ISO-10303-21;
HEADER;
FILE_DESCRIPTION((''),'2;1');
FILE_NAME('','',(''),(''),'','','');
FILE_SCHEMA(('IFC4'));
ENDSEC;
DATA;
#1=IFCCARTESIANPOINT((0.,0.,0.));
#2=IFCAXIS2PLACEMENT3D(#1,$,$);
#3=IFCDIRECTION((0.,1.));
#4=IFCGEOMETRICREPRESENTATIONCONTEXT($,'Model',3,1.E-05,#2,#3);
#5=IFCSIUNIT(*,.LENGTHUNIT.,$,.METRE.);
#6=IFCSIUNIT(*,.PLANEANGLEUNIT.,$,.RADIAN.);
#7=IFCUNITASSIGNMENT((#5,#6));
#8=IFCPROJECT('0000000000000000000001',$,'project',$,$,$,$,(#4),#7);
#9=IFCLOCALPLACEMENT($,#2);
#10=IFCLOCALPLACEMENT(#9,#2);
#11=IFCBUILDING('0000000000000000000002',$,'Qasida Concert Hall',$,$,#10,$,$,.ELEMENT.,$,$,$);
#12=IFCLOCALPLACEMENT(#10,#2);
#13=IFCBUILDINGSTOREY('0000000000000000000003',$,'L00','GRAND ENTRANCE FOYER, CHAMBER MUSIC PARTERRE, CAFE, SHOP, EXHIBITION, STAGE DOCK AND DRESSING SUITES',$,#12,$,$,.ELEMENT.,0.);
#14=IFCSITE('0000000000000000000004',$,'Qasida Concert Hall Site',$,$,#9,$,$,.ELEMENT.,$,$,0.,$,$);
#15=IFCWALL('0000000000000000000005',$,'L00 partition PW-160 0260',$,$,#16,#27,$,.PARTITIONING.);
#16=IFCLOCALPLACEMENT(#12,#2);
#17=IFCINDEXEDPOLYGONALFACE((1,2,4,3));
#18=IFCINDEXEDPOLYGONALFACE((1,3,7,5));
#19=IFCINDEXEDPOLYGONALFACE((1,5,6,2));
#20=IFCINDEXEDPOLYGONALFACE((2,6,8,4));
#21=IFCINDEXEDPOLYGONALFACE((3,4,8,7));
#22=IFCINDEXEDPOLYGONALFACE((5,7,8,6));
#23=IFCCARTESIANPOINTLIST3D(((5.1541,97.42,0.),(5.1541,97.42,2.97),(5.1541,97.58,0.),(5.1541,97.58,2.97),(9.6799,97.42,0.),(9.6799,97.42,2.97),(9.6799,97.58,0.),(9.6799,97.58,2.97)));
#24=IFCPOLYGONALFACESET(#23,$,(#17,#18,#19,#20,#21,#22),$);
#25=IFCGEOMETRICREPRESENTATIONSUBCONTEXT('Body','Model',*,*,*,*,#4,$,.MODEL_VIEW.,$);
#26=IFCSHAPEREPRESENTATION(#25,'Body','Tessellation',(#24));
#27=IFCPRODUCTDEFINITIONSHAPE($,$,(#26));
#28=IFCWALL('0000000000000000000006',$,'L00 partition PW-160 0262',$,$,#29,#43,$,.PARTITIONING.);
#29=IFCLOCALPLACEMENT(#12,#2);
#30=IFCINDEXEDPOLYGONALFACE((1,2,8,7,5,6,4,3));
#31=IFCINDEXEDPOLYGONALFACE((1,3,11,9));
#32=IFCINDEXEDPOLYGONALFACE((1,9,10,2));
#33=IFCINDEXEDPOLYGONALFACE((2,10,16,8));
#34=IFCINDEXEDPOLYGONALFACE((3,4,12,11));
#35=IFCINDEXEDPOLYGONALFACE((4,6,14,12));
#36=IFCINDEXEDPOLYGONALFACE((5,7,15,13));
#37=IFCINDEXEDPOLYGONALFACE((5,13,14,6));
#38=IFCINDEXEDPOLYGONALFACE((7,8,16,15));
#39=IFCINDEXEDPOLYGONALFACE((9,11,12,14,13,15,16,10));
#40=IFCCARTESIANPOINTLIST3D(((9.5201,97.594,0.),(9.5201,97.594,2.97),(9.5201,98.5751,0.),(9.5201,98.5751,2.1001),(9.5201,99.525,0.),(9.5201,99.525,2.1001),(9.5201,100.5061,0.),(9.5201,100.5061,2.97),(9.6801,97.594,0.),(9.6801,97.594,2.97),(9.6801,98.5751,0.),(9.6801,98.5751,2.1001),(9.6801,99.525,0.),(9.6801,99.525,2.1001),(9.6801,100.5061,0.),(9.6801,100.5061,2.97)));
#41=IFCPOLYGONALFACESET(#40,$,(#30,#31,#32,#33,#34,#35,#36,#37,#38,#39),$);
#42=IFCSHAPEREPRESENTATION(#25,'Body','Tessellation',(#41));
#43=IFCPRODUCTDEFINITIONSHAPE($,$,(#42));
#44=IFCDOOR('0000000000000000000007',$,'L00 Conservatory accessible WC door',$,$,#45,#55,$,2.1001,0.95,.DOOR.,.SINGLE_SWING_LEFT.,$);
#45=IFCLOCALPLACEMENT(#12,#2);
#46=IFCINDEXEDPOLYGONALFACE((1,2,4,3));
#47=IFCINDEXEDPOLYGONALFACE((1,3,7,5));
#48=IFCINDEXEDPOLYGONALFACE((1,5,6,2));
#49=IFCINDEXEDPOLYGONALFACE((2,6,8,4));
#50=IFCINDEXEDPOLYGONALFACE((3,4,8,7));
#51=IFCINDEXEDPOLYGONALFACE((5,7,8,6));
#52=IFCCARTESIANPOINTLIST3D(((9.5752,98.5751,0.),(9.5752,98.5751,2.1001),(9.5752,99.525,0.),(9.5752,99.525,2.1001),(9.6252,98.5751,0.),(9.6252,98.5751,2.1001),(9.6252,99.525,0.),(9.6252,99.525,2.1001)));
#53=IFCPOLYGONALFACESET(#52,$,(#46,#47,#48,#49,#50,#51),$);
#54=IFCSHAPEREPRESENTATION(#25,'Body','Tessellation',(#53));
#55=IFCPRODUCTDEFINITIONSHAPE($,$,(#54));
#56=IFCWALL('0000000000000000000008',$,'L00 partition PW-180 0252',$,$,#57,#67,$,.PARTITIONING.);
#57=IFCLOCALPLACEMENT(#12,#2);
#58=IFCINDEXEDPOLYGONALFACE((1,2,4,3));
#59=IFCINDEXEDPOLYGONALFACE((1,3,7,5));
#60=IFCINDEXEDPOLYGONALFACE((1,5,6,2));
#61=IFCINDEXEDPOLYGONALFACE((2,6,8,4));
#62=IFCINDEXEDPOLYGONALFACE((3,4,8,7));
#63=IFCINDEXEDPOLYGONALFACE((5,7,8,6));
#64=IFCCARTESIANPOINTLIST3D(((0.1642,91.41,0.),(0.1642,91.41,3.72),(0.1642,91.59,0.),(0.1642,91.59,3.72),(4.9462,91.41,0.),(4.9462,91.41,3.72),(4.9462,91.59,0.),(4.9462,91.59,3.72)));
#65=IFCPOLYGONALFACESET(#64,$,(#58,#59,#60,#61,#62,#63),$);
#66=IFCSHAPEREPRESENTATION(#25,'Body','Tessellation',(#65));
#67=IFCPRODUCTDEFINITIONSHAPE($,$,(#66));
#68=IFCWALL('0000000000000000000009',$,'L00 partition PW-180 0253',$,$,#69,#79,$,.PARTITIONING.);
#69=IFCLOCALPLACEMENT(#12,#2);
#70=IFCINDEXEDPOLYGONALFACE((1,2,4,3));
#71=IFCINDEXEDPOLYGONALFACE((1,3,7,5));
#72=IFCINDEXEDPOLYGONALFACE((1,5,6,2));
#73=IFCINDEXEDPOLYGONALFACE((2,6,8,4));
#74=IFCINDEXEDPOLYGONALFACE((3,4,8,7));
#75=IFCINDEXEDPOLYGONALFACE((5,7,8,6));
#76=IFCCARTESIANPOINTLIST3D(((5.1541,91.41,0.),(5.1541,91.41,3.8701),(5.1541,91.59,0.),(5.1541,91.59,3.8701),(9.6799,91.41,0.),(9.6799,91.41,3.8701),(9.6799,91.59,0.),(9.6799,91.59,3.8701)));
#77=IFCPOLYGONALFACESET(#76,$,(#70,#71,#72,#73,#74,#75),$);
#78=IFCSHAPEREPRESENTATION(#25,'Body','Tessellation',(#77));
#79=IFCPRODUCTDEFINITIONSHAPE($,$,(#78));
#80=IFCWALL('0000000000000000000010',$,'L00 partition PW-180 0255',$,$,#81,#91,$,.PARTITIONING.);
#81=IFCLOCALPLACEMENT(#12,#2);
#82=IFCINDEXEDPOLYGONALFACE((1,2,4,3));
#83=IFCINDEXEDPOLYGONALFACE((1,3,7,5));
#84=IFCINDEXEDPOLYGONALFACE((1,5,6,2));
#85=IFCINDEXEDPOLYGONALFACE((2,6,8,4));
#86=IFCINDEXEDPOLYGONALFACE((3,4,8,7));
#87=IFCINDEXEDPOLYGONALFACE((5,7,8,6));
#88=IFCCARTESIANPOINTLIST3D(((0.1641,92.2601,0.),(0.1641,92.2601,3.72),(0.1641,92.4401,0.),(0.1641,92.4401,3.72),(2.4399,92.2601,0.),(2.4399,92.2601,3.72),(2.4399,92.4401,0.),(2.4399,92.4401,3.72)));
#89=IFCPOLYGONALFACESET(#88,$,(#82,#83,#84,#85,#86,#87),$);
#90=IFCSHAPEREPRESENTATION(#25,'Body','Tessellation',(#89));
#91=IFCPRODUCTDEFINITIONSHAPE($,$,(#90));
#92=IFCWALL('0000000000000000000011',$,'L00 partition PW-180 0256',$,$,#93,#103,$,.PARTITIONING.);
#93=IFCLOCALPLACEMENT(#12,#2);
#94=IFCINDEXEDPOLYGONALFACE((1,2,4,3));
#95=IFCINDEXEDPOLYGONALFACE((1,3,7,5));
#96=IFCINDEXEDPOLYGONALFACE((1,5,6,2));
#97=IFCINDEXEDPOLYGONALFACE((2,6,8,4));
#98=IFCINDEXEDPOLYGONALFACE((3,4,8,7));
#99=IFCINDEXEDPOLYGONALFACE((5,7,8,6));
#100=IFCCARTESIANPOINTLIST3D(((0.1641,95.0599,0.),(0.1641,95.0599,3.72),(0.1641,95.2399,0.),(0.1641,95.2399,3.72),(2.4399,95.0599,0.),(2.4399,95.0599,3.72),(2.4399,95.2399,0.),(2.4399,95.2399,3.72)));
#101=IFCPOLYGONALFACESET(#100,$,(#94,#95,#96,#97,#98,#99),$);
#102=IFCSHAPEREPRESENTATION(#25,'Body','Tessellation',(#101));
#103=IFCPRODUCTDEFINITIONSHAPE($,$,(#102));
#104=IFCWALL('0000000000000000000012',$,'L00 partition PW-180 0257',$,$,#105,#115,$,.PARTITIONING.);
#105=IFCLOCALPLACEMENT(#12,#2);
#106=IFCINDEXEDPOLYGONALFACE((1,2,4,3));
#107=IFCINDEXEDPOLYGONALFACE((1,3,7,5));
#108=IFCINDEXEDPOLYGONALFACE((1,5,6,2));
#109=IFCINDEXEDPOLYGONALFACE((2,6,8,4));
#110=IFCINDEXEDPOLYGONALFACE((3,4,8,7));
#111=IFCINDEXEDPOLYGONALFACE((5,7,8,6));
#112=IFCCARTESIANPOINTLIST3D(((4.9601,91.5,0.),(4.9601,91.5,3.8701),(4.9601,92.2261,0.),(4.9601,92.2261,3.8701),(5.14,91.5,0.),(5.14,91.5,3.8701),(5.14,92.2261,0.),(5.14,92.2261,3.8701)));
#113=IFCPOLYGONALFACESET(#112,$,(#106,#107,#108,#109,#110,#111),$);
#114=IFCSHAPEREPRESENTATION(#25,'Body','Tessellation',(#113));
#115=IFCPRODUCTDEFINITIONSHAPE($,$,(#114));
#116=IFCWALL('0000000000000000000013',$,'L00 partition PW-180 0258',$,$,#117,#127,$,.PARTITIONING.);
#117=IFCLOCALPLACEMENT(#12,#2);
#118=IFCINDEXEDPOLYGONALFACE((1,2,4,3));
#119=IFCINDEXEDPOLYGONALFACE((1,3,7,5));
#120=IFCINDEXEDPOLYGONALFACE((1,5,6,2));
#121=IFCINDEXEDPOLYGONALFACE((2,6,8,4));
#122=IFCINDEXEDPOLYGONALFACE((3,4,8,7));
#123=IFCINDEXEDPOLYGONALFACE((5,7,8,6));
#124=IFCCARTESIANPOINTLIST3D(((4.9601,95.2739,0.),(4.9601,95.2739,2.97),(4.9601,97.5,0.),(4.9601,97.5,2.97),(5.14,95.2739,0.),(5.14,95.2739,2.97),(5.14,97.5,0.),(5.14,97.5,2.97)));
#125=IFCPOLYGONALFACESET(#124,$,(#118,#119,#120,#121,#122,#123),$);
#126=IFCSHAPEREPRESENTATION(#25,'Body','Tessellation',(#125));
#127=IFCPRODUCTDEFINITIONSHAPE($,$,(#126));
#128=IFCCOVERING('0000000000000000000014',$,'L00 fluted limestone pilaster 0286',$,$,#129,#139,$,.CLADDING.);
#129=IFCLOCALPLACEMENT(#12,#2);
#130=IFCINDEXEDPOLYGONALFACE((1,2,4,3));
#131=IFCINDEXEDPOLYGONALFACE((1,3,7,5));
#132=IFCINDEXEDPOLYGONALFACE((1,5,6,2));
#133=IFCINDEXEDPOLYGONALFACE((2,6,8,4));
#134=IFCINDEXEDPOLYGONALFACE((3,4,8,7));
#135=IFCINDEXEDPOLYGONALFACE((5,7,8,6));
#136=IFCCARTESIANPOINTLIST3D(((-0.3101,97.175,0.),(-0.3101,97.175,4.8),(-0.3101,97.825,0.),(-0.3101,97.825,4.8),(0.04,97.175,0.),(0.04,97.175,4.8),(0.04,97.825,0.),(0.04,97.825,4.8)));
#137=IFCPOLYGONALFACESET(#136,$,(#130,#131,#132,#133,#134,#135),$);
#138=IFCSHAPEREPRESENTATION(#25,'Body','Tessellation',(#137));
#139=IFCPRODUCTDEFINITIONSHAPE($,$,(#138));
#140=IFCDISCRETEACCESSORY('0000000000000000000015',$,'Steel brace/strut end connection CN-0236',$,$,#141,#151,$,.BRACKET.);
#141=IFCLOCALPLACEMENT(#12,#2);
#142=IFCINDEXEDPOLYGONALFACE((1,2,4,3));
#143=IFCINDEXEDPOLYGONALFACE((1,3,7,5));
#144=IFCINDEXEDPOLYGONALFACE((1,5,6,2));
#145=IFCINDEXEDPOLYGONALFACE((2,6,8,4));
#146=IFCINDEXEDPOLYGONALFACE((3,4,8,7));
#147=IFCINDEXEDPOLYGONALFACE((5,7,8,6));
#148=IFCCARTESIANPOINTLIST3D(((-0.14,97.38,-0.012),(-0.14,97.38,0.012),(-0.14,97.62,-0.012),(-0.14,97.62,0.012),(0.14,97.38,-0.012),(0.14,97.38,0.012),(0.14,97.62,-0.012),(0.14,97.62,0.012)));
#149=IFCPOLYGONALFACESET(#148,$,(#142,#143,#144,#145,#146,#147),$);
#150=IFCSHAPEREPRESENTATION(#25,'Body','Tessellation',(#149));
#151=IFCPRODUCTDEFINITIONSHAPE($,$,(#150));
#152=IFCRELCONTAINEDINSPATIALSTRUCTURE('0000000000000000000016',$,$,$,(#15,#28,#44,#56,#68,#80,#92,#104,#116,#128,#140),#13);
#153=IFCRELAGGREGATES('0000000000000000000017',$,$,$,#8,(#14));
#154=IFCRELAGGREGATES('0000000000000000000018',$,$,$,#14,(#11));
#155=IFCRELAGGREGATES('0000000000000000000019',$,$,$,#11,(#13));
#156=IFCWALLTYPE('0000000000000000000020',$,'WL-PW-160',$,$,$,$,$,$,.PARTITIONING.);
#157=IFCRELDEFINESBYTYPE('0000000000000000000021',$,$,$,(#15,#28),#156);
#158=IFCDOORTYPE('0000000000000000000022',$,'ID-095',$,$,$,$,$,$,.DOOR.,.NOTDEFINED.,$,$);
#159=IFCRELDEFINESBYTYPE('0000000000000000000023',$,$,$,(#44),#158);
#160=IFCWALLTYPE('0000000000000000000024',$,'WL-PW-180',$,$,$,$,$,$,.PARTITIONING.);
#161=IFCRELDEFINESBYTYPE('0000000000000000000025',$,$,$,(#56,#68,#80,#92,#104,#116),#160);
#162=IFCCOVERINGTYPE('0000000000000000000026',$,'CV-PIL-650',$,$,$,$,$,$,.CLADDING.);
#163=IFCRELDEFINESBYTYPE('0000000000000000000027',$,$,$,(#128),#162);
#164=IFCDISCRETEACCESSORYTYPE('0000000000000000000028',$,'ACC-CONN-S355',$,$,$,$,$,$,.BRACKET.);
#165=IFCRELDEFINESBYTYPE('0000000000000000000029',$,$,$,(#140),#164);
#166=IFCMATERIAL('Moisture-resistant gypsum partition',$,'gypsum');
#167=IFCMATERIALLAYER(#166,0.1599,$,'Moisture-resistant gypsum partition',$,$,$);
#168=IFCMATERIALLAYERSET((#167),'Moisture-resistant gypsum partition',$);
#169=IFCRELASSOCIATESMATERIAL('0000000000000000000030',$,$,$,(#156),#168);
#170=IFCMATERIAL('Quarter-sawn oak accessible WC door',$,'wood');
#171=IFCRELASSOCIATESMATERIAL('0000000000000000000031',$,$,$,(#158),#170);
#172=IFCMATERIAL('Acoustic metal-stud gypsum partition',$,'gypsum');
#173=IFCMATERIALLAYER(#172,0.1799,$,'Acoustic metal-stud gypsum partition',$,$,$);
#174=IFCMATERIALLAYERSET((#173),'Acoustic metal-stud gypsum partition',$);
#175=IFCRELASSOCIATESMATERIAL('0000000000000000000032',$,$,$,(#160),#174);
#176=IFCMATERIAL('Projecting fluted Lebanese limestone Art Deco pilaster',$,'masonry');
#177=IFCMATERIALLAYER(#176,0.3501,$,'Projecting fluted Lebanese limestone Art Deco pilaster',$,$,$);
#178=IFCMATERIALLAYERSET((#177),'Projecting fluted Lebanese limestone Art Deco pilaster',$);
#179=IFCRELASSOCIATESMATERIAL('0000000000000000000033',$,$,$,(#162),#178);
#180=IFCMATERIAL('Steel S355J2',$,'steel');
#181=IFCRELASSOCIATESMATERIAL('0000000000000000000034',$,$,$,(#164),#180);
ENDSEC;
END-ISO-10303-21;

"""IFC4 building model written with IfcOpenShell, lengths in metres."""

from ifc_helpers import new_model, si_unit, direction, frame, frame_2d, origin, origin_2d, place, context, subcontext, project, spatial, rectangle, extrude, material, layer, layer_set, type_object, element, fill, save


model = new_model("IFC4")

# Units and contexts
model_context = context("Model", 3, precision=1e-05, world=origin(), true_north=direction((0.0, 1.0)))
body_context = subcontext(model_context, "Body", "Model", "MODEL_VIEW")
ifc_project = project(units=[si_unit("LENGTHUNIT", "METRE"), si_unit("PLANEANGLEUNIT", "RADIAN")], contexts=[model_context])

# Site, building, storey
site_placement = place(None, origin())
site = spatial("IfcSite", under=ifc_project, at=site_placement, Name="Qasida Concert Hall Site", CompositionType="ELEMENT", RefElevation=0.0)
building_placement = place(site_placement, origin())
building = spatial("IfcBuilding", under=site, at=building_placement, Name="Qasida Concert Hall", CompositionType="ELEMENT")
storey_placement = place(building_placement, origin())
storey = spatial("IfcBuildingStorey", under=building, at=storey_placement, Name="L00", Description="GRAND ENTRANCE FOYER, CHAMBER MUSIC PARTERRE, CAFE, SHOP, EXHIBITION, STAGE DOCK AND DRESSING SUITES", CompositionType="ELEMENT", Elevation=0.0)

# Shared definitions
ifc_material_1 = material(Name="Steel S355J2", Category="steel")

# Wall
ifc_material_2 = material(Name="Moisture-resistant gypsum partition", Category="gypsum")
ifc_layer_1 = layer(ifc_material_2, 0.1599, Name="Moisture-resistant gypsum partition")
ifc_layer_set_1 = layer_set([ifc_layer_1], Name="Moisture-resistant gypsum partition")
wall_type_1 = type_object("IfcWallType", Name="WL-PW-160", PredefinedType="PARTITIONING", material=ifc_layer_set_1)
wall_1_placement = place(storey_placement, frame((5.1541, 97.5, 0.0), z_axis=(0.0, 0.0, 1.0), x_axis=(1.0, 0.0, 0.0)))
element("IfcWall", 1, at=wall_1_placement, inside=storey, type_object=wall_type_1, Name="L00 partition PW-160 0260", PredefinedType="PARTITIONING", context=body_context, shape_type="SweptSolid", body=[
    extrude(rectangle(XDim=4.5259, YDim=0.1599, at=frame_2d((2.2629, 0.0))), origin(), (0.0, 0.0, 1.0), 2.97),
])

# Wall, opening, door
wall_2_placement = place(storey_placement, frame((9.6001, 97.594, 0.0), z_axis=(0.0, 0.0, 1.0), x_axis=(0.0, 1.0, 0.0)))
wall_2 = element("IfcWall", 2, at=wall_2_placement, inside=storey, type_object=wall_type_1, Name="L00 partition PW-160 0262", PredefinedType="PARTITIONING", context=body_context, shape_type="SweptSolid", body=[
    extrude(rectangle(XDim=2.9121, YDim=0.1599, at=frame_2d((1.4561, 0.0))), origin(), (0.0, 0.0, 1.0), 2.97),
])
opening_1_placement = place(wall_2_placement, frame((0.981, 0.0, 0.0)))
opening_1 = element("IfcOpeningElement", 3, at=opening_1_placement, cuts=wall_2, PredefinedType="OPENING", context=body_context, shape_type="SweptSolid", body=[
    extrude(rectangle(XDim=0.95, YDim=2.1001, at=frame_2d((0.4751, 1.05))), frame((0.0, 0.0898, 0.0), z_axis=(0.0, -1.0, 0.0), x_axis=(1.0, 0.0, 0.0)), (0.0, 0.0, 1.0), 0.1799),
])
ifc_material_3 = material(Name="Quarter-sawn oak accessible WC door", Category="wood")
door_type_1 = type_object("IfcDoorType", Name="ID-095", OperationType="NOTDEFINED", PredefinedType="DOOR", material=ifc_material_3)
door_1_placement = place(opening_1_placement, origin())
door_1 = element("IfcDoor", 4, at=door_1_placement, inside=storey, type_object=door_type_1, Name="L00 Conservatory accessible WC door", OperationType="SINGLE_SWING_LEFT", OverallHeight=2.1001, OverallWidth=0.95, PredefinedType="DOOR", context=body_context, shape_type="SweptSolid", body=[
    extrude(rectangle(XDim=0.95, YDim=2.1001, at=frame_2d((0.4751, 1.05))), frame((0.0, 0.0249, 0.0), z_axis=(0.0, -1.0, 0.0), x_axis=(1.0, 0.0, 0.0)), (0.0, 0.0, 1.0), 0.05),
])
fill(opening_1, door_1)

# Walls
ifc_material_4 = material(Name="Acoustic metal-stud gypsum partition", Category="gypsum")
ifc_layer_2 = layer(ifc_material_4, 0.1799, Name="Acoustic metal-stud gypsum partition")
ifc_layer_set_2 = layer_set([ifc_layer_2], Name="Acoustic metal-stud gypsum partition")
wall_type_2 = type_object("IfcWallType", Name="WL-PW-180", PredefinedType="PARTITIONING", material=ifc_layer_set_2)
wall_3_placement = place(storey_placement, frame((0.1641, 91.5, 0.0), z_axis=(0.0, 0.0, 1.0), x_axis=(1.0, 0.0, 0.0)))
element("IfcWall", 5, at=wall_3_placement, inside=storey, type_object=wall_type_2, Name="L00 partition PW-180 0252", PredefinedType="PARTITIONING", context=body_context, shape_type="SweptSolid", body=[
    extrude(rectangle(XDim=4.782, YDim=0.1799, at=frame_2d((2.3911, 0.0))), origin(), (0.0, 0.0, 1.0), 3.72),
])
wall_4_placement = place(storey_placement, frame((5.1541, 91.5, 0.0), z_axis=(0.0, 0.0, 1.0), x_axis=(1.0, 0.0, 0.0)))
element("IfcWall", 6, at=wall_4_placement, inside=storey, type_object=wall_type_2, Name="L00 partition PW-180 0253", PredefinedType="PARTITIONING", context=body_context, shape_type="SweptSolid", body=[
    extrude(rectangle(XDim=4.5259, YDim=0.1799, at=frame_2d((2.2629, 0.0))), origin(), (0.0, 0.0, 1.0), 3.8701),
])
for number, where, z_axis, x_axis, name in (
    (7, (0.1641, 92.3501, 0.0), (0.0, 0.0, 1.0), (1.0, 0.0, 0.0), "L00 partition PW-180 0255"),
    (8, (0.1641, 95.1499, 0.0), (0.0, 0.0, 1.0), (1.0, 0.0, 0.0), "L00 partition PW-180 0256"),
):
    element("IfcWall", number, at=place(storey_placement, frame(where, z_axis=z_axis, x_axis=x_axis)), inside=storey, type_object=wall_type_2, Name=name, PredefinedType="PARTITIONING", context=body_context, shape_type="SweptSolid", body=[
        extrude(rectangle(XDim=2.2759, YDim=0.1799, at=frame_2d((1.1379, 0.0))), origin(), (0.0, 0.0, 1.0), 3.72),
    ])
wall_5_placement = place(storey_placement, frame((5.05, 91.5, 0.0), z_axis=(0.0, 0.0, 1.0), x_axis=(0.0, 1.0, 0.0)))
element("IfcWall", 9, at=wall_5_placement, inside=storey, type_object=wall_type_2, Name="L00 partition PW-180 0257", PredefinedType="PARTITIONING", context=body_context, shape_type="SweptSolid", body=[
    extrude(rectangle(XDim=0.7261, YDim=0.1799, at=frame_2d((0.363, 0.0))), origin(), (0.0, 0.0, 1.0), 3.8701),
])
wall_6_placement = place(storey_placement, frame((5.05, 95.2739, 0.0), z_axis=(0.0, 0.0, 1.0), x_axis=(0.0, 1.0, 0.0)))
element("IfcWall", 10, at=wall_6_placement, inside=storey, type_object=wall_type_2, Name="L00 partition PW-180 0258", PredefinedType="PARTITIONING", context=body_context, shape_type="SweptSolid", body=[
    extrude(rectangle(XDim=2.2261, YDim=0.1799, at=frame_2d((1.113, 0.0))), origin(), (0.0, 0.0, 1.0), 2.97),
])

# Covering
ifc_material_5 = material(Name="Projecting fluted Lebanese limestone Art Deco pilaster", Category="masonry")
ifc_layer_3 = layer(ifc_material_5, 0.3501, Name="Projecting fluted Lebanese limestone Art Deco pilaster")
ifc_layer_set_3 = layer_set([ifc_layer_3], Name="Projecting fluted Lebanese limestone Art Deco pilaster")
covering_type = type_object("IfcCoveringType", Name="CV-PIL-650", PredefinedType="CLADDING", material=ifc_layer_set_3)
covering_placement = place(storey_placement, frame((-0.135, 97.5, 0.0), z_axis=(0.0, 0.0, 1.0), x_axis=(1.0, 0.0, 0.0)))
element("IfcCovering", 11, at=covering_placement, inside=storey, type_object=covering_type, Name="L00 fluted limestone pilaster 0286", PredefinedType="CLADDING", context=body_context, shape_type="SweptSolid", body=[
    extrude(rectangle(XDim=0.3501, YDim=0.6499, at=origin_2d()), origin(), (0.0, 0.0, 1.0), 4.8),
])

# Discrete accessory
discrete_accessory_type = type_object("IfcDiscreteAccessoryType", Name="ACC-CONN-S355", PredefinedType="BRACKET", material=ifc_material_1)
discrete_accessory_placement = place(storey_placement, frame((0.0, 97.5, -0.012), z_axis=(0.0, 0.0, 1.0), x_axis=(1.0, 0.0, 0.0)))
element("IfcDiscreteAccessory", 12, at=discrete_accessory_placement, inside=storey, type_object=discrete_accessory_type, Name="Steel brace/strut end connection CN-0236", PredefinedType="BRACKET", context=body_context, shape_type="SweptSolid", body=[
    extrude(rectangle(XDim=0.28, YDim=0.24, at=origin_2d()), origin(), (0.0, 0.0, 1.0), 0.0239),
])

save(model, "model.ifc")
